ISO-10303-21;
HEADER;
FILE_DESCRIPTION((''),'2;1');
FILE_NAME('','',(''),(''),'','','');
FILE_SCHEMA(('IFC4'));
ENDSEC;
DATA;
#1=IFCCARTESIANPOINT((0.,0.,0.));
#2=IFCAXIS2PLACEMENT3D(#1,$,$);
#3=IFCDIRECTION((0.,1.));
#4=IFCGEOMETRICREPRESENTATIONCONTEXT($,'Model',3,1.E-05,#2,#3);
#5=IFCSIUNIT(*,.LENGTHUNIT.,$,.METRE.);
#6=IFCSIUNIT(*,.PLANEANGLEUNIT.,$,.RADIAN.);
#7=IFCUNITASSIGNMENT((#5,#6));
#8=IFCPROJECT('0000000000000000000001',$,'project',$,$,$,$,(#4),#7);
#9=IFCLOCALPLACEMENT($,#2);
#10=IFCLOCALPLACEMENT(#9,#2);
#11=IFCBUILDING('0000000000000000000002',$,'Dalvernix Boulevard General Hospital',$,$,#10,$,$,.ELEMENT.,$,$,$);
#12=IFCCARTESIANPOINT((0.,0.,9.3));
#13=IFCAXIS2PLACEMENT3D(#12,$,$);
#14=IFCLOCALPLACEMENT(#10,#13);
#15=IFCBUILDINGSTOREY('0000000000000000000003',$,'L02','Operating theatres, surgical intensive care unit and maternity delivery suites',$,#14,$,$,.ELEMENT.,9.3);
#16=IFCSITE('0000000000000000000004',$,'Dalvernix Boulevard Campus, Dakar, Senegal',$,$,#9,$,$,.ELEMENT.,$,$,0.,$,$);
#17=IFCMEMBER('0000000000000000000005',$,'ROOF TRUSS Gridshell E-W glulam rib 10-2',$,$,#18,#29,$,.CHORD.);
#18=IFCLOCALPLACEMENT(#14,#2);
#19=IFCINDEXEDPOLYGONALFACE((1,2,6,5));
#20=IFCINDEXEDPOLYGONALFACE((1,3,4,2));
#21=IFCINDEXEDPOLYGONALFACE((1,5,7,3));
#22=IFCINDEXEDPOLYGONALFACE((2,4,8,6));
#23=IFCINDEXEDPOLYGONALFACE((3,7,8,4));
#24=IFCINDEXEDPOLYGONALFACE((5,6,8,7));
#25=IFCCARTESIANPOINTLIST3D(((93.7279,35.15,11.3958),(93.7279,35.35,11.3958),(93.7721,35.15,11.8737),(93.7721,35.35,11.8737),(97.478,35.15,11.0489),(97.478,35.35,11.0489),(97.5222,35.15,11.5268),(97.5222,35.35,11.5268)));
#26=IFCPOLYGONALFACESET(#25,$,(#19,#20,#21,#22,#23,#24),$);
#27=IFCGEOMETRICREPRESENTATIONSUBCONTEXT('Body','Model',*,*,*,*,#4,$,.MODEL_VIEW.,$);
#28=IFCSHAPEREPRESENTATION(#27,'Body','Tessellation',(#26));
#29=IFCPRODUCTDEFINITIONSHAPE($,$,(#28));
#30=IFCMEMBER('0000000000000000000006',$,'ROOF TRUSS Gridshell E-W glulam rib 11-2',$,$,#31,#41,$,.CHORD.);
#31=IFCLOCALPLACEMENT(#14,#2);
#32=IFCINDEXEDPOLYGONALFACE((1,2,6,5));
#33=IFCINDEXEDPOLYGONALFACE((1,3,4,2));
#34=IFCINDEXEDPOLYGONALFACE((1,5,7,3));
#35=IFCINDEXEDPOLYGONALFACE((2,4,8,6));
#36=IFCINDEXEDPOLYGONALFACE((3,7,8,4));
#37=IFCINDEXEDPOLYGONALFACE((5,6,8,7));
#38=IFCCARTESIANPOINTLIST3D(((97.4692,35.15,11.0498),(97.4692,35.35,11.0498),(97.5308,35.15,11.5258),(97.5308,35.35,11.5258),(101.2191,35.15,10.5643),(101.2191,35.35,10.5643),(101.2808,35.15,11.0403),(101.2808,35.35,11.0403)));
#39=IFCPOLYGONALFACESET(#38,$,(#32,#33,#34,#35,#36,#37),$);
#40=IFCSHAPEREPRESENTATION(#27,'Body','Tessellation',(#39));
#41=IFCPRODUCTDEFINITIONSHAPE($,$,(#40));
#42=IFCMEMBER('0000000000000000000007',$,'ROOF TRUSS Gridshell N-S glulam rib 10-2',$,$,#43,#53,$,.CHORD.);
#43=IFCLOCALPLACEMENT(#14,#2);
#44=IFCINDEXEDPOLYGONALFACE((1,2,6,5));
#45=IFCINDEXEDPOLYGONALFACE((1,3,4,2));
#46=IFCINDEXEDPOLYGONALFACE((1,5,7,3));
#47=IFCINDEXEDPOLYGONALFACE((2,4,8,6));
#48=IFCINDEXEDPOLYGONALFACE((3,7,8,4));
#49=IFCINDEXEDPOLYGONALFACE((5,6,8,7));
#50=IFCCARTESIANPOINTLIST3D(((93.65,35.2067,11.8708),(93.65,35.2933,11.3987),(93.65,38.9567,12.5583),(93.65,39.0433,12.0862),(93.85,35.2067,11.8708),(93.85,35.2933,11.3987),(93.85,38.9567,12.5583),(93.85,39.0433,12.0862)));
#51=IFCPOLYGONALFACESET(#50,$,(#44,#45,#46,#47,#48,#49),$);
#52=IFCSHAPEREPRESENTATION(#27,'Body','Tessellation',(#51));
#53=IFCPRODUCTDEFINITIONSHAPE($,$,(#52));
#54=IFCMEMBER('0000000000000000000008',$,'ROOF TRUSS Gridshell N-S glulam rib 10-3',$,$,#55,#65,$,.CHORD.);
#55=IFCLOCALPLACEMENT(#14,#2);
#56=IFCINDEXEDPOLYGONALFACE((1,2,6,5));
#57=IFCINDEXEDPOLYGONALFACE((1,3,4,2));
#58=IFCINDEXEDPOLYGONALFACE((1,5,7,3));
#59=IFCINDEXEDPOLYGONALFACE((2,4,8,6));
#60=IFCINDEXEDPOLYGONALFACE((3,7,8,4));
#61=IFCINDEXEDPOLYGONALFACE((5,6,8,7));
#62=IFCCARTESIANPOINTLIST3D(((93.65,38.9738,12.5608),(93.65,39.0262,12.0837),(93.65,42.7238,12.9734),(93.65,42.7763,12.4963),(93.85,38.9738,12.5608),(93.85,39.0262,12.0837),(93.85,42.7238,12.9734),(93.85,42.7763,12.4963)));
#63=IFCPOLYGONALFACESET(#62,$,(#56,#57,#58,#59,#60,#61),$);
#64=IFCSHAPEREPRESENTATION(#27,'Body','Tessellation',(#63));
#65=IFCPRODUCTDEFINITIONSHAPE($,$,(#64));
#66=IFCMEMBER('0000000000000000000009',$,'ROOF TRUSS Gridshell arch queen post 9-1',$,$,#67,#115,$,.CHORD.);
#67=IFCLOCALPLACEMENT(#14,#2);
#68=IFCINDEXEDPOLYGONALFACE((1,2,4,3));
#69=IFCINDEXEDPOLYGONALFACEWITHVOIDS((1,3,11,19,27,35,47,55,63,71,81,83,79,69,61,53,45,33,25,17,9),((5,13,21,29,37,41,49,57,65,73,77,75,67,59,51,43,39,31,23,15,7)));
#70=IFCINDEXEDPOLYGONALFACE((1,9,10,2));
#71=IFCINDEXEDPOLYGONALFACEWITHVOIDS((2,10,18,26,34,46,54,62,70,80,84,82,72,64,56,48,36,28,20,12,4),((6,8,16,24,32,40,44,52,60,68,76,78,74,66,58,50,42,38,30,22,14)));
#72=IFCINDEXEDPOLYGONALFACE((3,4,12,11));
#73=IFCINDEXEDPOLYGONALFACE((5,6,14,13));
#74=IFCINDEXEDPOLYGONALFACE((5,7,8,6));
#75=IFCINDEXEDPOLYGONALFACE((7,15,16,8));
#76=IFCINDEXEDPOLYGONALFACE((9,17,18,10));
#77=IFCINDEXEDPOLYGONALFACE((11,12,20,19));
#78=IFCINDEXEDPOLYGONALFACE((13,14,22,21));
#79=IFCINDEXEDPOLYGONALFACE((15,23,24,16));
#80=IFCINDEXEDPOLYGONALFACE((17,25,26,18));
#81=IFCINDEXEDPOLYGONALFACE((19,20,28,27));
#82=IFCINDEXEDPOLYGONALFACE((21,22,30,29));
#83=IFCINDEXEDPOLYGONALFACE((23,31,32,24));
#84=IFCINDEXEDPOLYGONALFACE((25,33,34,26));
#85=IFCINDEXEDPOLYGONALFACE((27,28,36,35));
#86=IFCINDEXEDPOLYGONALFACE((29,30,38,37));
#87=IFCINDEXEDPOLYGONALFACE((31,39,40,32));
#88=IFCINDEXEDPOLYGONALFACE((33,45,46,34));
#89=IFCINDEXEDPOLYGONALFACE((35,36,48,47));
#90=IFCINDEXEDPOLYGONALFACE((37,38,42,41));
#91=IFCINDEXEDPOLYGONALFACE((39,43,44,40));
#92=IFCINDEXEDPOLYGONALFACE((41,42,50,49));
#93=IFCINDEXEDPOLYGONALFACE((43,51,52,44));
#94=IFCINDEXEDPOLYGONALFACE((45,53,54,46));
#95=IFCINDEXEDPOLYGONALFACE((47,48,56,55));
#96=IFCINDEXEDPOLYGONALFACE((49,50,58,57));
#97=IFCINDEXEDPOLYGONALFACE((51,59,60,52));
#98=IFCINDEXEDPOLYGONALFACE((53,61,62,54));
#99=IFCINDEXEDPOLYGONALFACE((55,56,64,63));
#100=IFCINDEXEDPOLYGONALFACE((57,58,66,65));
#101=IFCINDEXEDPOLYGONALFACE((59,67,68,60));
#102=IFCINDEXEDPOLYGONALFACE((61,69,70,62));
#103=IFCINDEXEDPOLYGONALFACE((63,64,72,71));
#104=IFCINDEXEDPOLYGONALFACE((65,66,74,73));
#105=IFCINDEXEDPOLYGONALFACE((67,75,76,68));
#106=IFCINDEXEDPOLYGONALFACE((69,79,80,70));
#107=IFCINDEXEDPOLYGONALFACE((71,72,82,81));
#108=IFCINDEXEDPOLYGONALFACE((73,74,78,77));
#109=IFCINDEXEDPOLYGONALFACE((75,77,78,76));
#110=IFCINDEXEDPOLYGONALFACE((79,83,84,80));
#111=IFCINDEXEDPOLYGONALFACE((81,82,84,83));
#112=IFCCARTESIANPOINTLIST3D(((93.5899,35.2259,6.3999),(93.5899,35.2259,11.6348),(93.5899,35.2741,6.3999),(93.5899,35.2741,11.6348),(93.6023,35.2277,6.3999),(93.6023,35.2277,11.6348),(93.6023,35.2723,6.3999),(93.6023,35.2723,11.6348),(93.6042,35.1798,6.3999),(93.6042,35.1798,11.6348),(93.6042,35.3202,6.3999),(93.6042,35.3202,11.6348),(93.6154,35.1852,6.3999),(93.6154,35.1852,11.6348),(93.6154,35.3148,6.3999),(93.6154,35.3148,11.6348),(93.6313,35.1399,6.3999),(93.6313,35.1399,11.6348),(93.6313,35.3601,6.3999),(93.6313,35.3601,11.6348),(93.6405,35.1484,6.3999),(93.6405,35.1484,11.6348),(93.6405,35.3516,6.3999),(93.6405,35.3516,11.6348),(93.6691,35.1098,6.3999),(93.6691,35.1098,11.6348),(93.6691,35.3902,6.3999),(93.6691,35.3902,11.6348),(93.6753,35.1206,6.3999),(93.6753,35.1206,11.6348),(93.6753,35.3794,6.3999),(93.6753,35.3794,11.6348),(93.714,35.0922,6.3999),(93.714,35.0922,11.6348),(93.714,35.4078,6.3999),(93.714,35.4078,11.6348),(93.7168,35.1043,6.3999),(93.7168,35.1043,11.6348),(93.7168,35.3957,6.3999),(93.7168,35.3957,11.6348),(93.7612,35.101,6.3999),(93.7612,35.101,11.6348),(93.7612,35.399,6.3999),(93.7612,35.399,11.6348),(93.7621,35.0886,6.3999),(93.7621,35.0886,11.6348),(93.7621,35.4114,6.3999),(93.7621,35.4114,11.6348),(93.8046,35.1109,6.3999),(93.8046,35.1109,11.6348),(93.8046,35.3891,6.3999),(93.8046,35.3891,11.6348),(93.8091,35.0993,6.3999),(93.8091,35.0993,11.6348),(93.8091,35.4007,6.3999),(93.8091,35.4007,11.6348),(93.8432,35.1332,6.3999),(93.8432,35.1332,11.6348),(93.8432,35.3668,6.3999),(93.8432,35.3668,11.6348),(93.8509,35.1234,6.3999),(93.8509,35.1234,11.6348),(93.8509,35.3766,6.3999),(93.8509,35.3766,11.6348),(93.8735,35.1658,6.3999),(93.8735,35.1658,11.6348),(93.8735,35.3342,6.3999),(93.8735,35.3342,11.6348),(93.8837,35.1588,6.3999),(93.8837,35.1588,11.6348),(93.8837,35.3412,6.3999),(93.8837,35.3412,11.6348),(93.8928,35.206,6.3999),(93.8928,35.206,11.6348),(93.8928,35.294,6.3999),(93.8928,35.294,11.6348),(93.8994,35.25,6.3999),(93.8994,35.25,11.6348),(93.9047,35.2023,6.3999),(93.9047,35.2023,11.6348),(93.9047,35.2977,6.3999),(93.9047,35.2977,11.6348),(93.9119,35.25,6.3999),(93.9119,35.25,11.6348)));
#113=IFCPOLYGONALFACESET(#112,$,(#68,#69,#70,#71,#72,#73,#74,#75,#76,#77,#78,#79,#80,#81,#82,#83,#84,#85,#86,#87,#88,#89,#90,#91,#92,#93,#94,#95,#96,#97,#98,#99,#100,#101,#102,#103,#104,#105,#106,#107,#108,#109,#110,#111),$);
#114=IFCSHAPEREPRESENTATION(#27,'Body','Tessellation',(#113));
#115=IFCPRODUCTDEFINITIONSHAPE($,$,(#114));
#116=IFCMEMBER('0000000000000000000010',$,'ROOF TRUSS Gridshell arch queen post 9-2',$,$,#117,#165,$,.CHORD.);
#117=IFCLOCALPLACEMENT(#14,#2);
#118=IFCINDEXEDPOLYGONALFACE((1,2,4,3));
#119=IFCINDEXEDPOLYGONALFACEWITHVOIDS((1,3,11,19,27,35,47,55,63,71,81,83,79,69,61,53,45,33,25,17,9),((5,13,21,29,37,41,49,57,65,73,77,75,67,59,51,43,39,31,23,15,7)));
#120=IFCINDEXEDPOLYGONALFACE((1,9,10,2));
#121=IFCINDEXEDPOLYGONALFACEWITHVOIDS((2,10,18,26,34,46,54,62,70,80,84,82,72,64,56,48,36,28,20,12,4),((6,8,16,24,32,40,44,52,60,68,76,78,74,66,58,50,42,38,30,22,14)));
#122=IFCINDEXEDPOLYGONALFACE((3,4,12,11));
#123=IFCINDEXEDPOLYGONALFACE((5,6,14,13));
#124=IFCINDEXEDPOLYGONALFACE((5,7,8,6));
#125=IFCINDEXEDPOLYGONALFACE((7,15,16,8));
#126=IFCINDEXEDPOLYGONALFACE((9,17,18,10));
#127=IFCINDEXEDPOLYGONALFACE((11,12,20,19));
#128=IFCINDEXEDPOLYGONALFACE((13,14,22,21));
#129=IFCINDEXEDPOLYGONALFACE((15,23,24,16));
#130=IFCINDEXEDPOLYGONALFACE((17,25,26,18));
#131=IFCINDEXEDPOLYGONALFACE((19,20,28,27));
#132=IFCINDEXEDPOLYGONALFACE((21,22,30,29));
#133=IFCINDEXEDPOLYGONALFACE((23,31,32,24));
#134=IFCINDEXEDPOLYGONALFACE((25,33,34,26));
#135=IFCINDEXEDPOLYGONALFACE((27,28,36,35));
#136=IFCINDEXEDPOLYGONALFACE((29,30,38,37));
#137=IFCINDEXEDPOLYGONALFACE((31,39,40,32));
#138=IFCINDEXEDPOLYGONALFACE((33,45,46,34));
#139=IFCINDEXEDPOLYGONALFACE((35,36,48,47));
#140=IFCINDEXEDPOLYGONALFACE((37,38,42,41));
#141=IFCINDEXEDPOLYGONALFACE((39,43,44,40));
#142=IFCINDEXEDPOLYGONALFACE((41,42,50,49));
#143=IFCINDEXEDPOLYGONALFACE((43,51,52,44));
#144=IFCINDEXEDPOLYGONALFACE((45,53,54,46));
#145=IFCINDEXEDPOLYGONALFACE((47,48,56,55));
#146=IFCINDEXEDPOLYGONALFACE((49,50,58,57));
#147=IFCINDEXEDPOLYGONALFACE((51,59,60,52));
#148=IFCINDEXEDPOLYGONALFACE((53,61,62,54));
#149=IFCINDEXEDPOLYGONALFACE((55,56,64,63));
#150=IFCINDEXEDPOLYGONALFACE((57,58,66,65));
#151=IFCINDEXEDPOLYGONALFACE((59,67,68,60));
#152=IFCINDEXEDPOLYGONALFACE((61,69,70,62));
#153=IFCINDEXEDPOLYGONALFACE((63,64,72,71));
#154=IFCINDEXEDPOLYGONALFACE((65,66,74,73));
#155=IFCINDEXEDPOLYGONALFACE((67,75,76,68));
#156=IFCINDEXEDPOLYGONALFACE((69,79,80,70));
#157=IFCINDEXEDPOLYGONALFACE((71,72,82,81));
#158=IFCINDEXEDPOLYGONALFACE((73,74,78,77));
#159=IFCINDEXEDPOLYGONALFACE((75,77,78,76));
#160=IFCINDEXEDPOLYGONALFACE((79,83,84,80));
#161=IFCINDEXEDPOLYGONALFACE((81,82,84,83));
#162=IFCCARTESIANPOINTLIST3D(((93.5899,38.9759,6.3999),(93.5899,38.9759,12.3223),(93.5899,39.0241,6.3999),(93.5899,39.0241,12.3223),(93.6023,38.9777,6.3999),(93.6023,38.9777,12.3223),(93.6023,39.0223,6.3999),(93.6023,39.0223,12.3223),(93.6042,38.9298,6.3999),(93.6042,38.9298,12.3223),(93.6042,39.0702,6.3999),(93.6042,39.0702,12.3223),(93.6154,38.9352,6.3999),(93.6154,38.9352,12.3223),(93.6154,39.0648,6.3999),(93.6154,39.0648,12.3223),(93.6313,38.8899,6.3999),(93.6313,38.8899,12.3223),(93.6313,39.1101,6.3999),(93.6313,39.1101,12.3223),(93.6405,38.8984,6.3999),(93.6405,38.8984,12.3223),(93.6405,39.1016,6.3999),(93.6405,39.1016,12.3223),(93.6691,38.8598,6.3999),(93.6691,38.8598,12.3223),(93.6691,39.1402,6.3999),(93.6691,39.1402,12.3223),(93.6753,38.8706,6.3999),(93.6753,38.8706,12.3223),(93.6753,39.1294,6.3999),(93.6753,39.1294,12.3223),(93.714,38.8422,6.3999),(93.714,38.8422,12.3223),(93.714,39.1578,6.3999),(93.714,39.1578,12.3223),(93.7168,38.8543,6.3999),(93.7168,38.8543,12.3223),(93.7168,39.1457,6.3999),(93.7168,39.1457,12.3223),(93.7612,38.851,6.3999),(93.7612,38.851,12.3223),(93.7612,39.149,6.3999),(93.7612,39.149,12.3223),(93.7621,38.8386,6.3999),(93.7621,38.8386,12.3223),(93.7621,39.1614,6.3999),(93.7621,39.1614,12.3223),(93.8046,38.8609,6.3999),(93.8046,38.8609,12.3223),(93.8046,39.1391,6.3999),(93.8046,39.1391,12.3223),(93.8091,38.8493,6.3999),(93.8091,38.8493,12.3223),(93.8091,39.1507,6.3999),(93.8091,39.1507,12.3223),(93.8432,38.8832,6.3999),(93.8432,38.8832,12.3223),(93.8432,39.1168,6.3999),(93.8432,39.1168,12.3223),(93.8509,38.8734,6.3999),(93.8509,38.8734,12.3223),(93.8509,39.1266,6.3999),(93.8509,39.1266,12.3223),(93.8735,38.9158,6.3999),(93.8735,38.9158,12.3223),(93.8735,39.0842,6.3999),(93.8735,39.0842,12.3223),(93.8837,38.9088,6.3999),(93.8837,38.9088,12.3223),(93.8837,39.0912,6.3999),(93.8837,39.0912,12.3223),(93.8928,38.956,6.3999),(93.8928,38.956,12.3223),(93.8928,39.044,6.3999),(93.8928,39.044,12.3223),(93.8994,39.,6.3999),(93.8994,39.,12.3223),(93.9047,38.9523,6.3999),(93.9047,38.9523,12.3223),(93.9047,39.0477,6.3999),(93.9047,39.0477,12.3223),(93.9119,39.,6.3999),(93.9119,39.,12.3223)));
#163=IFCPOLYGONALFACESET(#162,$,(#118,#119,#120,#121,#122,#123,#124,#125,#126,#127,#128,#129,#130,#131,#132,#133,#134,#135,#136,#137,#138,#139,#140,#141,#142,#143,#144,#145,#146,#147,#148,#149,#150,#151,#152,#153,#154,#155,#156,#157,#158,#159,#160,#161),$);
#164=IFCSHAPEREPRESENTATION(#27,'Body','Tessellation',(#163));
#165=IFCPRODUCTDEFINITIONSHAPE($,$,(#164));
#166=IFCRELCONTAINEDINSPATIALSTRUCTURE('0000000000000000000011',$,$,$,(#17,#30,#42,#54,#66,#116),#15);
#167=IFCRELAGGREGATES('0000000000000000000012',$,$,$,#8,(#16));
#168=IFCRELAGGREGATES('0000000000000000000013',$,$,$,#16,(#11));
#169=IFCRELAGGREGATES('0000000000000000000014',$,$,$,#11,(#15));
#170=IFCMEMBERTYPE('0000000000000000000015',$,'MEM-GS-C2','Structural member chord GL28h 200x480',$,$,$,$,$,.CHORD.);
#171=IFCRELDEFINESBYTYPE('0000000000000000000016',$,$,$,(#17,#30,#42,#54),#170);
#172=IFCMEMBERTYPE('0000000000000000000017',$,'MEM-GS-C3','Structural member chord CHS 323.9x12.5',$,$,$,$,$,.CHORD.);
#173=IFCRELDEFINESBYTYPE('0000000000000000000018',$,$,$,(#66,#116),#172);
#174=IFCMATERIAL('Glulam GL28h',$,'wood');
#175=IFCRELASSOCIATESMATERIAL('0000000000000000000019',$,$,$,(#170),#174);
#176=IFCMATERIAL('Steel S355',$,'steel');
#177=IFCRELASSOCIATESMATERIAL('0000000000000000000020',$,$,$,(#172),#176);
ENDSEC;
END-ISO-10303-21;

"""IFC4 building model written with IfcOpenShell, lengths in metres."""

from ifc_helpers import new_model, si_unit, direction, frame, origin, origin_2d, place, context, subcontext, project, spatial, rectangle, hollow_circle, extrude, material, material_profile, profile_set, type_object, element, save


model = new_model("IFC4")

# Units and contexts
model_context = context("Model", 3, precision=1e-05, world=origin(), true_north=direction((0.0, 1.0)))
body_context = subcontext(model_context, "Body", "Model", "MODEL_VIEW")
ifc_project = project(units=[si_unit("LENGTHUNIT", "METRE"), si_unit("PLANEANGLEUNIT", "RADIAN")], contexts=[model_context])

# Site, building, storey
site_placement = place(None, origin())
site = spatial("IfcSite", under=ifc_project, at=site_placement, Name="Dalvernix Boulevard Campus, Dakar, Senegal", CompositionType="ELEMENT", RefElevation=0.0)
building_placement = place(site_placement, origin())
building = spatial("IfcBuilding", under=site, at=building_placement, Name="Dalvernix Boulevard General Hospital", CompositionType="ELEMENT")
storey_placement = place(building_placement, frame((0.0, 0.0, 9.3)))
storey = spatial("IfcBuildingStorey", under=building, at=storey_placement, Name="L02", Description="Operating theatres, surgical intensive care unit and maternity delivery suites", CompositionType="ELEMENT", Elevation=9.3)

# Shared definitions
ifc_material_1 = material(Name="Steel S355", Category="steel")

# Members
ifc_material_2 = material(Name="Glulam GL28h", Category="wood")
ifc_material_profile_1 = material_profile(ifc_material_2, rectangle(XDim=0.2, YDim=0.48, at=origin_2d()), Name="GL28h 200x480")
ifc_profile_set_1 = profile_set([ifc_material_profile_1], Name="Glulam GL28h")
member_type_1 = type_object("IfcMemberType", Name="MEM-GS-C2", Description="Structural member chord GL28h 200x480", PredefinedType="CHORD", material=ifc_profile_set_1)
member_1_placement = place(storey_placement, frame((93.75, 35.25, 11.6348), z_axis=(0.995748, 0.0, -0.09212), x_axis=(0.0, 1.0, 0.0)))
element("IfcMember", 1, at=member_1_placement, inside=storey, type_object=member_type_1, Name="ROOF TRUSS Gridshell E-W glulam rib 10-2", PredefinedType="CHORD", context=body_context, shape_type="SweptSolid", body=[
    extrude(rectangle(XDim=0.2, YDim=0.48, at=origin_2d()), origin(), (0.0, 0.0, 1.0), 3.7661),
])
member_2_placement = place(storey_placement, frame((97.5, 35.25, 11.2878), z_axis=(0.99172, 0.0, -0.12842), x_axis=(0.0, 1.0, 0.0)))
element("IfcMember", 2, at=member_2_placement, inside=storey, type_object=member_type_1, Name="ROOF TRUSS Gridshell E-W glulam rib 11-2", PredefinedType="CHORD", context=body_context, shape_type="SweptSolid", body=[
    extrude(rectangle(XDim=0.2, YDim=0.48, at=origin_2d()), origin(), (0.0, 0.0, 1.0), 3.7812),
])
member_3_placement = place(storey_placement, frame((93.75, 35.25, 11.6348), z_axis=(0.0, 0.983607, 0.180328), x_axis=(-1.0, 0.0, 0.0)))
element("IfcMember", 3, at=member_3_placement, inside=storey, type_object=member_type_1, Name="ROOF TRUSS Gridshell N-S glulam rib 10-2", PredefinedType="CHORD", context=body_context, shape_type="SweptSolid", body=[
    extrude(rectangle(XDim=0.2, YDim=0.48, at=origin_2d()), origin(), (0.0, 0.0, 1.0), 3.8125),
])
member_4_placement = place(storey_placement, frame((93.75, 39.0, 12.3223), z_axis=(0.0, 0.994002, 0.109366), x_axis=(-1.0, 0.0, 0.0)))
element("IfcMember", 4, at=member_4_placement, inside=storey, type_object=member_type_1, Name="ROOF TRUSS Gridshell N-S glulam rib 10-3", PredefinedType="CHORD", context=body_context, shape_type="SweptSolid", body=[
    extrude(rectangle(XDim=0.2, YDim=0.48, at=origin_2d()), origin(), (0.0, 0.0, 1.0), 3.7727),
])
ifc_material_profile_2 = material_profile(ifc_material_1, hollow_circle(Radius=0.1619, WallThickness=0.0125, at=origin_2d()), Name="CHS 323.9x12.5")
ifc_profile_set_2 = profile_set([ifc_material_profile_2], Name="Steel S355")
member_type_2 = type_object("IfcMemberType", Name="MEM-GS-C3", Description="Structural member chord CHS 323.9x12.5", PredefinedType="CHORD", material=ifc_profile_set_2)
member_5_placement = place(storey_placement, frame((93.75, 35.25, 6.3999), z_axis=(0.0, 0.0, 1.0), x_axis=(1.0, 0.0, 0.0)))
element("IfcMember", 5, at=member_5_placement, inside=storey, type_object=member_type_2, Name="ROOF TRUSS Gridshell arch queen post 9-1", PredefinedType="CHORD", context=body_context, shape_type="SweptSolid", body=[
    extrude(hollow_circle(Radius=0.1619, WallThickness=0.0125, at=origin_2d()), origin(), (0.0, 0.0, 1.0), 5.2349),
])
member_6_placement = place(storey_placement, frame((93.75, 39.0, 6.3999), z_axis=(0.0, 0.0, 1.0), x_axis=(1.0, 0.0, 0.0)))
element("IfcMember", 6, at=member_6_placement, inside=storey, type_object=member_type_2, Name="ROOF TRUSS Gridshell arch queen post 9-2", PredefinedType="CHORD", context=body_context, shape_type="SweptSolid", body=[
    extrude(hollow_circle(Radius=0.1619, WallThickness=0.0125, at=origin_2d()), origin(), (0.0, 0.0, 1.0), 5.9224),
])

save(model, "model.ifc")
